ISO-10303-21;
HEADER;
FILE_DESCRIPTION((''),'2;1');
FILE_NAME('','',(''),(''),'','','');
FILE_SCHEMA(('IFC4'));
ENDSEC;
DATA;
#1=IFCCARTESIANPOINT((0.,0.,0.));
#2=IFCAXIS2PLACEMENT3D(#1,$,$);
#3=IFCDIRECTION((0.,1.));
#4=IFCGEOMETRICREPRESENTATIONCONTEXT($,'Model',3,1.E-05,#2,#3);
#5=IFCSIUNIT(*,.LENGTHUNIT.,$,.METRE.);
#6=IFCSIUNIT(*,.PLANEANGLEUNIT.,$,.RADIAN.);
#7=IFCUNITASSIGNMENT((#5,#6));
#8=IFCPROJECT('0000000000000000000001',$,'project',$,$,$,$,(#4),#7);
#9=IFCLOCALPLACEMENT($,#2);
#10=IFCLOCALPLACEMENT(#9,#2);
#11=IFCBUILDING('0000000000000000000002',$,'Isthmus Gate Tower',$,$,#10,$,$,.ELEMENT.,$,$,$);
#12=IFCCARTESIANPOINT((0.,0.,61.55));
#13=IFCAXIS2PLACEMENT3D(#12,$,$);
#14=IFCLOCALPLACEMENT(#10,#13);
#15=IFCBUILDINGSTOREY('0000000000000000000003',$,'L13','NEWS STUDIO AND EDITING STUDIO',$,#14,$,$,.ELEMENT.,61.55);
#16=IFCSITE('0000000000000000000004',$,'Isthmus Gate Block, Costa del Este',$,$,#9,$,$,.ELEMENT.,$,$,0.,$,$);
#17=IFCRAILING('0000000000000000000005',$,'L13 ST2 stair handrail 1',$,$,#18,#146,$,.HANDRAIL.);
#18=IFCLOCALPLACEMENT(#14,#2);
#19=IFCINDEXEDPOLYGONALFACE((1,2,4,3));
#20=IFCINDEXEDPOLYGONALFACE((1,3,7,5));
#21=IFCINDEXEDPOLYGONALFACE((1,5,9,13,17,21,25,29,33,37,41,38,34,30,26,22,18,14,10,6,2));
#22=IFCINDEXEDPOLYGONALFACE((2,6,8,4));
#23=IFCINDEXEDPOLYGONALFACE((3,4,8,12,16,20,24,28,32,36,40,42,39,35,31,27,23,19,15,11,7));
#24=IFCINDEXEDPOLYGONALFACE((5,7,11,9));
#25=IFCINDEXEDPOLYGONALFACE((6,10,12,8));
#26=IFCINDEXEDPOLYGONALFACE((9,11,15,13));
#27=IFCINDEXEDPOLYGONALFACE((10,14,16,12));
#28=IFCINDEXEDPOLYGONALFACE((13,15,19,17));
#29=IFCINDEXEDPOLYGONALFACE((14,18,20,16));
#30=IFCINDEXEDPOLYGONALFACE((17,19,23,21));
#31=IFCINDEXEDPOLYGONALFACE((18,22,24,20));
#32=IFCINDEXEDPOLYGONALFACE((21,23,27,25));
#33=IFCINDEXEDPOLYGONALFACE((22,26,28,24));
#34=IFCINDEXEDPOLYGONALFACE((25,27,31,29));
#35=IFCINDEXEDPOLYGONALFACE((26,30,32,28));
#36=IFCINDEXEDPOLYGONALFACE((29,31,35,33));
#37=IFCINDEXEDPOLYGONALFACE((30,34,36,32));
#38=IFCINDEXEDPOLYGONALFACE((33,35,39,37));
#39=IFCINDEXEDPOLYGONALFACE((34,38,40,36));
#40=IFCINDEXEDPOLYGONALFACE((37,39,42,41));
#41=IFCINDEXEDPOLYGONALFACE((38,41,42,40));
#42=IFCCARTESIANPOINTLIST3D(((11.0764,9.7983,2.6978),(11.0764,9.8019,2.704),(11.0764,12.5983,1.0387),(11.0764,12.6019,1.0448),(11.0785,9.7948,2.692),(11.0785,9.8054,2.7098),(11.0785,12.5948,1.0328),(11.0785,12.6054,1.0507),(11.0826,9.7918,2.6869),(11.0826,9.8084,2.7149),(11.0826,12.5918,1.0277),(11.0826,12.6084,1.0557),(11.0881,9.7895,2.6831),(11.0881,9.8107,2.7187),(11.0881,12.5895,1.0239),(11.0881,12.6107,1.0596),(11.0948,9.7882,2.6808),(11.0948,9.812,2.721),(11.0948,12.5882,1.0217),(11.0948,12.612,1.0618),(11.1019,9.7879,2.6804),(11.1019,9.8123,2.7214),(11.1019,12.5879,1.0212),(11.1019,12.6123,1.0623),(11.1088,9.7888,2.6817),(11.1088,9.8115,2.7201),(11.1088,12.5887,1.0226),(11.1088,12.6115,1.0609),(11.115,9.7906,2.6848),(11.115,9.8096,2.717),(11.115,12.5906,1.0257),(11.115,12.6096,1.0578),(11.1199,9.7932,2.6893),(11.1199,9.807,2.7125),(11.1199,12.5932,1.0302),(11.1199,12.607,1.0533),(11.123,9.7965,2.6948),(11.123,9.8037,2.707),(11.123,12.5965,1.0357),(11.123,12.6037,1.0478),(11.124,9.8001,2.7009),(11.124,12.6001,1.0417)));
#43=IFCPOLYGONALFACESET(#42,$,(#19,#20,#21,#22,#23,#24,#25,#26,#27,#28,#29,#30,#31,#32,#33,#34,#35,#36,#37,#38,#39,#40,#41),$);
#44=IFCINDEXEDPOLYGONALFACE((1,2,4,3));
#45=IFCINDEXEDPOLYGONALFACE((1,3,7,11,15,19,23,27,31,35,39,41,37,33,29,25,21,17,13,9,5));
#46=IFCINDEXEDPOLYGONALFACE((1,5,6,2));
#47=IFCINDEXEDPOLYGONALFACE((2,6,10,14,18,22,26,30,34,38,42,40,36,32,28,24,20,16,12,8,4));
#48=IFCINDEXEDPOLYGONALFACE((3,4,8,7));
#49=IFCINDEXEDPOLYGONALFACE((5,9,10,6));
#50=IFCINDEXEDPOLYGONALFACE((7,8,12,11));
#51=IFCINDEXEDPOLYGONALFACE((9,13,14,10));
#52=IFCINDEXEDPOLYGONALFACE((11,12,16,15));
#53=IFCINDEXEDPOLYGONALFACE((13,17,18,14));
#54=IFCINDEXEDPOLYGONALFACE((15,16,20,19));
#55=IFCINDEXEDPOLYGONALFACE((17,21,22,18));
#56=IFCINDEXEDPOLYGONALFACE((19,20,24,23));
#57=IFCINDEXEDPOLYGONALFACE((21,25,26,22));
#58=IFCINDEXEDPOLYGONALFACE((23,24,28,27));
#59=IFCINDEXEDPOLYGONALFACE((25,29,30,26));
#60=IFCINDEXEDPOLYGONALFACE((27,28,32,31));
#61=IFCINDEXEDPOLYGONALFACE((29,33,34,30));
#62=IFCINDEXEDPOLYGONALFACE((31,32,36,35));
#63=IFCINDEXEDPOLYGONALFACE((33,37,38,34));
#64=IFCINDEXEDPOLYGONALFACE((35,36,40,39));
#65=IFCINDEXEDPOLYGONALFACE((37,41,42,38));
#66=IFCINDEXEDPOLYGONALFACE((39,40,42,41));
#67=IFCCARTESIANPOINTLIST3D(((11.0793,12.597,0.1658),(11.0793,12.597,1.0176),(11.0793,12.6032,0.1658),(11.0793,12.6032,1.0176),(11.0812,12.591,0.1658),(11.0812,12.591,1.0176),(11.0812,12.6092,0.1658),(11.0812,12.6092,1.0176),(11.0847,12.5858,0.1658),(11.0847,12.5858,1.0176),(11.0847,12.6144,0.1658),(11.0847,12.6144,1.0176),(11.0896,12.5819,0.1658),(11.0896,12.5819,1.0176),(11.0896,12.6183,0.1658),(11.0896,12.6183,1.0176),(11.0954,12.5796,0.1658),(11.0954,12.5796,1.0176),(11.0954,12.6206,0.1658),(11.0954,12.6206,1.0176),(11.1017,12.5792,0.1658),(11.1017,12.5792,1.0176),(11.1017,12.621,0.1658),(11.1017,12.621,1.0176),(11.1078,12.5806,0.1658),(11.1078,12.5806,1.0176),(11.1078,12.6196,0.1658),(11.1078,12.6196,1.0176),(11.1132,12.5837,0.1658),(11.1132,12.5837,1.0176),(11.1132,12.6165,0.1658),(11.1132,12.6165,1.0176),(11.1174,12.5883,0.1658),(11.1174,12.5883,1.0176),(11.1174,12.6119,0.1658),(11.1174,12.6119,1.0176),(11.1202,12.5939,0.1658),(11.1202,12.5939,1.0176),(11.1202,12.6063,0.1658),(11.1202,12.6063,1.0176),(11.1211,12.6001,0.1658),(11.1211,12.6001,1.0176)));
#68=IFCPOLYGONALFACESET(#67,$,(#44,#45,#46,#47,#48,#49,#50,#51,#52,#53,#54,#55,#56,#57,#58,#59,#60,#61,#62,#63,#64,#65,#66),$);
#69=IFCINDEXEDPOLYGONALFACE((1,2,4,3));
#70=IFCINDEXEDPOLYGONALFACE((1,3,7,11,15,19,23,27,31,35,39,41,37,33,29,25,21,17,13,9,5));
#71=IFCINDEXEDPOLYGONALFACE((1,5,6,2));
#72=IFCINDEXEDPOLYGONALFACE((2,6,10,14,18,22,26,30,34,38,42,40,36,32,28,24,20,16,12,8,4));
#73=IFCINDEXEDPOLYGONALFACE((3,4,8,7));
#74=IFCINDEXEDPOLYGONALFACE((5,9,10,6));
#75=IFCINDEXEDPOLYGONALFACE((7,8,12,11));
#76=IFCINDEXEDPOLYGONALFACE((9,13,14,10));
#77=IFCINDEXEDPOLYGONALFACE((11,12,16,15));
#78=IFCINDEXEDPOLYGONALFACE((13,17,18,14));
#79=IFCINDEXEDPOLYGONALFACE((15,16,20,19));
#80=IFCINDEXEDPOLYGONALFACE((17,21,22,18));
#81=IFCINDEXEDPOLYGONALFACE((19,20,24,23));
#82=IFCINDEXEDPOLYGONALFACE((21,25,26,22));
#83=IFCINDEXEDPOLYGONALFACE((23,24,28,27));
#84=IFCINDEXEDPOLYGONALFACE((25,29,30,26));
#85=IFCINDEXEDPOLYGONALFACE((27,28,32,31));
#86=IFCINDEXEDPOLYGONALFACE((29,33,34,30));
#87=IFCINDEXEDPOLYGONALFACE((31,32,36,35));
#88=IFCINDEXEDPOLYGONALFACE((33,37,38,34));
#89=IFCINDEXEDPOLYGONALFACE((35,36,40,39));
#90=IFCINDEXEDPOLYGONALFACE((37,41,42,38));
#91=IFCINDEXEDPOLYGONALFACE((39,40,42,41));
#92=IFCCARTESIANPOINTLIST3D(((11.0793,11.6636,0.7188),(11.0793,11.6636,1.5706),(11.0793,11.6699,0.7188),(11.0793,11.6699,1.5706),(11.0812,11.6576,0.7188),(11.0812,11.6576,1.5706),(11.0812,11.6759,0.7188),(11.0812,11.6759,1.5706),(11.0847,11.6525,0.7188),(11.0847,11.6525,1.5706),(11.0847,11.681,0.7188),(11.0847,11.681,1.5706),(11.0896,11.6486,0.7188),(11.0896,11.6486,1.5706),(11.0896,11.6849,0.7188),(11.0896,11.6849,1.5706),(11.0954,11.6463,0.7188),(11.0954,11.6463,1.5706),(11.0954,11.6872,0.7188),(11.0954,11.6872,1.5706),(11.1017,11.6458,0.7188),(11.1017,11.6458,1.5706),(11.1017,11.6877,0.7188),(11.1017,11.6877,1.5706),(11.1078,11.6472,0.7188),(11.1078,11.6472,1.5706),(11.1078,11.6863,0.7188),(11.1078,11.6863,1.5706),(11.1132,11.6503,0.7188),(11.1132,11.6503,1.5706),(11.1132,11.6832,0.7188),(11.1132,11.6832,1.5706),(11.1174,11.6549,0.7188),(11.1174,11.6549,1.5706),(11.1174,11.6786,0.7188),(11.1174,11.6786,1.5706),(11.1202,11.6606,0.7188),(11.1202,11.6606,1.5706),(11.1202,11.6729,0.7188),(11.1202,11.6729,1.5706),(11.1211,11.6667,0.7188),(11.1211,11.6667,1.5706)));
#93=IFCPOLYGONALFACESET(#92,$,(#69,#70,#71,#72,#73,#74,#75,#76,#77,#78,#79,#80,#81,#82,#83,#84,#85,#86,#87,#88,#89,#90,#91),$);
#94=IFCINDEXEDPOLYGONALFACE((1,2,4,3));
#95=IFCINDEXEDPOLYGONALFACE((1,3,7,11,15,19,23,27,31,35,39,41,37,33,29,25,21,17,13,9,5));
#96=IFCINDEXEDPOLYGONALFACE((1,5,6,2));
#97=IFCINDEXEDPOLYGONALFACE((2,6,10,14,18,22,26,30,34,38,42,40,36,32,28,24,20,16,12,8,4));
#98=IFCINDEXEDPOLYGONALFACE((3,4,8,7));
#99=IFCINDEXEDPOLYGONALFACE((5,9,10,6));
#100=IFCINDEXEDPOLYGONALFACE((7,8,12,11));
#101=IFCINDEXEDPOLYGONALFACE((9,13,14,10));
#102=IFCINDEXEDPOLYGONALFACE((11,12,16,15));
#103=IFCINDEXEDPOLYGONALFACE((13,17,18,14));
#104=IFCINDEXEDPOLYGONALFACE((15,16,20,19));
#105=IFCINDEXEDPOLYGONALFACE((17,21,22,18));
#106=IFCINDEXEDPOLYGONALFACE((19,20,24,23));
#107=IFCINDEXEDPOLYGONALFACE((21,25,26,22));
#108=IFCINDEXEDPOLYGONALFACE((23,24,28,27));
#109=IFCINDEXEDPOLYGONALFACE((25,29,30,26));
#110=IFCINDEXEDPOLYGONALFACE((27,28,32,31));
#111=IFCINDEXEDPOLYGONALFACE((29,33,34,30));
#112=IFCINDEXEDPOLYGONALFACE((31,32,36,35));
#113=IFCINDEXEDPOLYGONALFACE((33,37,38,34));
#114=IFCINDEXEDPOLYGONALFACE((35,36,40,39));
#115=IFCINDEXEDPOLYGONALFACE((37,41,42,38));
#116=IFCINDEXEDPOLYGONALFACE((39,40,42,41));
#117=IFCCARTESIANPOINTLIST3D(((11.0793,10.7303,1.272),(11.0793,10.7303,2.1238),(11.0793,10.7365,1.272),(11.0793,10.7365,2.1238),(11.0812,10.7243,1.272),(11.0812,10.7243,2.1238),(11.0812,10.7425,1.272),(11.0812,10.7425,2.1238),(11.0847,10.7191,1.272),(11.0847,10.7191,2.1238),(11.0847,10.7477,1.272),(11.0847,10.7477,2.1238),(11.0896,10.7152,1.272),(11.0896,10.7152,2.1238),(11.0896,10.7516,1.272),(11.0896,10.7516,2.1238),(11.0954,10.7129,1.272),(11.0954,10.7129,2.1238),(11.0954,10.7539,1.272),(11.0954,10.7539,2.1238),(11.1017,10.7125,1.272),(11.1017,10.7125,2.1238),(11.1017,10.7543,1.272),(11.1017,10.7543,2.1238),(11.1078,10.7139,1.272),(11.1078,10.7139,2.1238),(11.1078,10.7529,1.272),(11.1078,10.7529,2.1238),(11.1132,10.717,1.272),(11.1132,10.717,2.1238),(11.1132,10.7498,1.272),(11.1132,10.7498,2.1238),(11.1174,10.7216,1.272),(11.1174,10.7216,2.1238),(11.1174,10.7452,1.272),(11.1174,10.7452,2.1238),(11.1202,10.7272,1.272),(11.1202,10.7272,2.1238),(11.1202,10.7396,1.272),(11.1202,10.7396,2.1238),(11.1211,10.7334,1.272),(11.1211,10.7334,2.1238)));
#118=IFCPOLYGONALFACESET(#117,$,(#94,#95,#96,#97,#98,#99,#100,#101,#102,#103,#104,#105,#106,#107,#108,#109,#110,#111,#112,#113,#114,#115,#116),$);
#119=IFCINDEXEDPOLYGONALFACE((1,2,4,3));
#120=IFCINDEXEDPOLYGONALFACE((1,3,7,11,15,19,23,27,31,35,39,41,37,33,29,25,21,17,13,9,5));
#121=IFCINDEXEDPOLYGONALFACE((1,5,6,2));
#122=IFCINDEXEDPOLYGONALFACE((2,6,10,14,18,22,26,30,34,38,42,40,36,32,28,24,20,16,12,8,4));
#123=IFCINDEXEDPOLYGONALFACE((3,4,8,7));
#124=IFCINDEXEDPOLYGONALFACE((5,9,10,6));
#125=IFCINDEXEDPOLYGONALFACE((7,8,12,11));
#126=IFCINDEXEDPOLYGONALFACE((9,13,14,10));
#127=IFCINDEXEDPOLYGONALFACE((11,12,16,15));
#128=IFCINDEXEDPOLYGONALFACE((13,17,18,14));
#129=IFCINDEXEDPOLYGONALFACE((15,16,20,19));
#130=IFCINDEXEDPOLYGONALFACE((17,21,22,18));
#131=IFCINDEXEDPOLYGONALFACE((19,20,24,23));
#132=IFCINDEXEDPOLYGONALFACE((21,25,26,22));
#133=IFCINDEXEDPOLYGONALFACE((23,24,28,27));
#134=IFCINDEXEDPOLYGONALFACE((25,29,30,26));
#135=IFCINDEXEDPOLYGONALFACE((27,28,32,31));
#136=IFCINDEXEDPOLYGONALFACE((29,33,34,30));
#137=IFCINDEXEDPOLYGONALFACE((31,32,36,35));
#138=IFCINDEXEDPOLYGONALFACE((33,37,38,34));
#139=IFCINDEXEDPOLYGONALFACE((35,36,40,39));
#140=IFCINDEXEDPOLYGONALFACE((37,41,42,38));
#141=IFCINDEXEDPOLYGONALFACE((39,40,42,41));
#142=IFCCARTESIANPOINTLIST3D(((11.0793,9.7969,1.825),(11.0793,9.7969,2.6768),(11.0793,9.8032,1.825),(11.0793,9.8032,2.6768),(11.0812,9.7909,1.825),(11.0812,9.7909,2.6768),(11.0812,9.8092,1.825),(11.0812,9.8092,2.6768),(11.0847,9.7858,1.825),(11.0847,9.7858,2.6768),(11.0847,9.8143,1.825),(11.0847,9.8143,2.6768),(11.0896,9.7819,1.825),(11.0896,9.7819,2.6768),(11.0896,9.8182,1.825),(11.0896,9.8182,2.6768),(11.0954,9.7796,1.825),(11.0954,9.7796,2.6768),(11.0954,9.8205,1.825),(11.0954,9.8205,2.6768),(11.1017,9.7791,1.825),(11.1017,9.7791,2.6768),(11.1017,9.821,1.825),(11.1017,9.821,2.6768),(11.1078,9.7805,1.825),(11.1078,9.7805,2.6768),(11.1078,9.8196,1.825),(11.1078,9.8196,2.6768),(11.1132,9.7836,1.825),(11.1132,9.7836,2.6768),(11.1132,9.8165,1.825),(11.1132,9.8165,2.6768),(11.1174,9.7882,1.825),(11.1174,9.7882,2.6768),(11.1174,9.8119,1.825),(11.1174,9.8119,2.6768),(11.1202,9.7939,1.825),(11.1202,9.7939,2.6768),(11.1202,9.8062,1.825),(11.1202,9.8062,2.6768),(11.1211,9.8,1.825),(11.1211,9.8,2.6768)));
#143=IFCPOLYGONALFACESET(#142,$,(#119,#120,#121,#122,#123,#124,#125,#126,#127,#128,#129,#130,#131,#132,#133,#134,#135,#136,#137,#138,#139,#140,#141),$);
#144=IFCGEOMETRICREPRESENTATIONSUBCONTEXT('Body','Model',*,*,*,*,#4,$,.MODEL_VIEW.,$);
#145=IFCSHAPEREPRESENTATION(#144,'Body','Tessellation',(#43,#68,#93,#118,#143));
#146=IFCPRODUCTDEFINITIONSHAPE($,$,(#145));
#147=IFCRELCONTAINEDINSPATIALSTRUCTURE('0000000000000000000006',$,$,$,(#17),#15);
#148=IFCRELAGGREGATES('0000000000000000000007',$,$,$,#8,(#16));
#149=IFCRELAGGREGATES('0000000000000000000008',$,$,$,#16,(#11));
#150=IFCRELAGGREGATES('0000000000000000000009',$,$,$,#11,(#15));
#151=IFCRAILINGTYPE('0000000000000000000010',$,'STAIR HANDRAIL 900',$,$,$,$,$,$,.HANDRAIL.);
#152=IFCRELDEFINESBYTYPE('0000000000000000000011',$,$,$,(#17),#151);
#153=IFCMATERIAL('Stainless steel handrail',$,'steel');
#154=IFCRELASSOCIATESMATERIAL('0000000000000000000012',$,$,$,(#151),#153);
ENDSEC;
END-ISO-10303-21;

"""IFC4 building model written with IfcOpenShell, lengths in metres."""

from ifc_helpers import new_model, si_unit, direction, frame, origin, origin_2d, place, context, subcontext, project, spatial, circle, extrude, material, type_object, element, save


model = new_model("IFC4")

# Units and contexts
model_context = context("Model", 3, precision=1e-05, world=origin(), true_north=direction((0.0, 1.0)))
body_context = subcontext(model_context, "Body", "Model", "MODEL_VIEW")
ifc_project = project(units=[si_unit("LENGTHUNIT", "METRE"), si_unit("PLANEANGLEUNIT", "RADIAN")], contexts=[model_context])

# Site, building, storey
site_placement = place(None, origin())
site = spatial("IfcSite", under=ifc_project, at=site_placement, Name="Isthmus Gate Block, Costa del Este", CompositionType="ELEMENT", RefElevation=0.0)
building_placement = place(site_placement, origin())
building = spatial("IfcBuilding", under=site, at=building_placement, Name="Isthmus Gate Tower", CompositionType="ELEMENT")
storey_placement = place(building_placement, frame((0.0, 0.0, 61.55)))
storey = spatial("IfcBuildingStorey", under=building, at=storey_placement, Name="L13", Description="NEWS STUDIO AND EDITING STUDIO", CompositionType="ELEMENT", Elevation=61.55)

# Railing
ifc_material_1 = material(Name="Stainless steel handrail", Category="steel")
railing_type_1 = type_object("IfcRailingType", Name="STAIR HANDRAIL 900", PredefinedType="HANDRAIL", material=ifc_material_1)
railing_1_placement = place(storey_placement, frame((11.1001, 12.6001, 0.1658)))
element("IfcRailing", 1, at=railing_1_placement, inside=storey, type_object=railing_type_1, Name="L13 ST2 stair handrail 1", PredefinedType="HANDRAIL", context=body_context, shape_type="SweptSolid", body=[
    extrude(circle(Radius=0.0239, at=origin_2d()), frame((0.0, 0.0, 0.876), z_axis=(0.0, -0.860306, 0.509778), x_axis=(1.0, 0.0, 0.0)), (0.0, 0.0, 1.0), 3.2546),
    extrude(circle(Radius=0.021, at=origin_2d()), origin(), (0.0, 0.0, 1.0), 0.8518),
    extrude(circle(Radius=0.021, at=origin_2d()), frame((0.0, -0.9333, 0.553)), (0.0, 0.0, 1.0), 0.8518),
    extrude(circle(Radius=0.021, at=origin_2d()), frame((0.0, -1.8667, 1.1062)), (0.0, 0.0, 1.0), 0.8518),
    extrude(circle(Radius=0.021, at=origin_2d()), frame((0.0, -2.8, 1.6592)), (0.0, 0.0, 1.0), 0.8518),
])

save(model, "model.ifc")
